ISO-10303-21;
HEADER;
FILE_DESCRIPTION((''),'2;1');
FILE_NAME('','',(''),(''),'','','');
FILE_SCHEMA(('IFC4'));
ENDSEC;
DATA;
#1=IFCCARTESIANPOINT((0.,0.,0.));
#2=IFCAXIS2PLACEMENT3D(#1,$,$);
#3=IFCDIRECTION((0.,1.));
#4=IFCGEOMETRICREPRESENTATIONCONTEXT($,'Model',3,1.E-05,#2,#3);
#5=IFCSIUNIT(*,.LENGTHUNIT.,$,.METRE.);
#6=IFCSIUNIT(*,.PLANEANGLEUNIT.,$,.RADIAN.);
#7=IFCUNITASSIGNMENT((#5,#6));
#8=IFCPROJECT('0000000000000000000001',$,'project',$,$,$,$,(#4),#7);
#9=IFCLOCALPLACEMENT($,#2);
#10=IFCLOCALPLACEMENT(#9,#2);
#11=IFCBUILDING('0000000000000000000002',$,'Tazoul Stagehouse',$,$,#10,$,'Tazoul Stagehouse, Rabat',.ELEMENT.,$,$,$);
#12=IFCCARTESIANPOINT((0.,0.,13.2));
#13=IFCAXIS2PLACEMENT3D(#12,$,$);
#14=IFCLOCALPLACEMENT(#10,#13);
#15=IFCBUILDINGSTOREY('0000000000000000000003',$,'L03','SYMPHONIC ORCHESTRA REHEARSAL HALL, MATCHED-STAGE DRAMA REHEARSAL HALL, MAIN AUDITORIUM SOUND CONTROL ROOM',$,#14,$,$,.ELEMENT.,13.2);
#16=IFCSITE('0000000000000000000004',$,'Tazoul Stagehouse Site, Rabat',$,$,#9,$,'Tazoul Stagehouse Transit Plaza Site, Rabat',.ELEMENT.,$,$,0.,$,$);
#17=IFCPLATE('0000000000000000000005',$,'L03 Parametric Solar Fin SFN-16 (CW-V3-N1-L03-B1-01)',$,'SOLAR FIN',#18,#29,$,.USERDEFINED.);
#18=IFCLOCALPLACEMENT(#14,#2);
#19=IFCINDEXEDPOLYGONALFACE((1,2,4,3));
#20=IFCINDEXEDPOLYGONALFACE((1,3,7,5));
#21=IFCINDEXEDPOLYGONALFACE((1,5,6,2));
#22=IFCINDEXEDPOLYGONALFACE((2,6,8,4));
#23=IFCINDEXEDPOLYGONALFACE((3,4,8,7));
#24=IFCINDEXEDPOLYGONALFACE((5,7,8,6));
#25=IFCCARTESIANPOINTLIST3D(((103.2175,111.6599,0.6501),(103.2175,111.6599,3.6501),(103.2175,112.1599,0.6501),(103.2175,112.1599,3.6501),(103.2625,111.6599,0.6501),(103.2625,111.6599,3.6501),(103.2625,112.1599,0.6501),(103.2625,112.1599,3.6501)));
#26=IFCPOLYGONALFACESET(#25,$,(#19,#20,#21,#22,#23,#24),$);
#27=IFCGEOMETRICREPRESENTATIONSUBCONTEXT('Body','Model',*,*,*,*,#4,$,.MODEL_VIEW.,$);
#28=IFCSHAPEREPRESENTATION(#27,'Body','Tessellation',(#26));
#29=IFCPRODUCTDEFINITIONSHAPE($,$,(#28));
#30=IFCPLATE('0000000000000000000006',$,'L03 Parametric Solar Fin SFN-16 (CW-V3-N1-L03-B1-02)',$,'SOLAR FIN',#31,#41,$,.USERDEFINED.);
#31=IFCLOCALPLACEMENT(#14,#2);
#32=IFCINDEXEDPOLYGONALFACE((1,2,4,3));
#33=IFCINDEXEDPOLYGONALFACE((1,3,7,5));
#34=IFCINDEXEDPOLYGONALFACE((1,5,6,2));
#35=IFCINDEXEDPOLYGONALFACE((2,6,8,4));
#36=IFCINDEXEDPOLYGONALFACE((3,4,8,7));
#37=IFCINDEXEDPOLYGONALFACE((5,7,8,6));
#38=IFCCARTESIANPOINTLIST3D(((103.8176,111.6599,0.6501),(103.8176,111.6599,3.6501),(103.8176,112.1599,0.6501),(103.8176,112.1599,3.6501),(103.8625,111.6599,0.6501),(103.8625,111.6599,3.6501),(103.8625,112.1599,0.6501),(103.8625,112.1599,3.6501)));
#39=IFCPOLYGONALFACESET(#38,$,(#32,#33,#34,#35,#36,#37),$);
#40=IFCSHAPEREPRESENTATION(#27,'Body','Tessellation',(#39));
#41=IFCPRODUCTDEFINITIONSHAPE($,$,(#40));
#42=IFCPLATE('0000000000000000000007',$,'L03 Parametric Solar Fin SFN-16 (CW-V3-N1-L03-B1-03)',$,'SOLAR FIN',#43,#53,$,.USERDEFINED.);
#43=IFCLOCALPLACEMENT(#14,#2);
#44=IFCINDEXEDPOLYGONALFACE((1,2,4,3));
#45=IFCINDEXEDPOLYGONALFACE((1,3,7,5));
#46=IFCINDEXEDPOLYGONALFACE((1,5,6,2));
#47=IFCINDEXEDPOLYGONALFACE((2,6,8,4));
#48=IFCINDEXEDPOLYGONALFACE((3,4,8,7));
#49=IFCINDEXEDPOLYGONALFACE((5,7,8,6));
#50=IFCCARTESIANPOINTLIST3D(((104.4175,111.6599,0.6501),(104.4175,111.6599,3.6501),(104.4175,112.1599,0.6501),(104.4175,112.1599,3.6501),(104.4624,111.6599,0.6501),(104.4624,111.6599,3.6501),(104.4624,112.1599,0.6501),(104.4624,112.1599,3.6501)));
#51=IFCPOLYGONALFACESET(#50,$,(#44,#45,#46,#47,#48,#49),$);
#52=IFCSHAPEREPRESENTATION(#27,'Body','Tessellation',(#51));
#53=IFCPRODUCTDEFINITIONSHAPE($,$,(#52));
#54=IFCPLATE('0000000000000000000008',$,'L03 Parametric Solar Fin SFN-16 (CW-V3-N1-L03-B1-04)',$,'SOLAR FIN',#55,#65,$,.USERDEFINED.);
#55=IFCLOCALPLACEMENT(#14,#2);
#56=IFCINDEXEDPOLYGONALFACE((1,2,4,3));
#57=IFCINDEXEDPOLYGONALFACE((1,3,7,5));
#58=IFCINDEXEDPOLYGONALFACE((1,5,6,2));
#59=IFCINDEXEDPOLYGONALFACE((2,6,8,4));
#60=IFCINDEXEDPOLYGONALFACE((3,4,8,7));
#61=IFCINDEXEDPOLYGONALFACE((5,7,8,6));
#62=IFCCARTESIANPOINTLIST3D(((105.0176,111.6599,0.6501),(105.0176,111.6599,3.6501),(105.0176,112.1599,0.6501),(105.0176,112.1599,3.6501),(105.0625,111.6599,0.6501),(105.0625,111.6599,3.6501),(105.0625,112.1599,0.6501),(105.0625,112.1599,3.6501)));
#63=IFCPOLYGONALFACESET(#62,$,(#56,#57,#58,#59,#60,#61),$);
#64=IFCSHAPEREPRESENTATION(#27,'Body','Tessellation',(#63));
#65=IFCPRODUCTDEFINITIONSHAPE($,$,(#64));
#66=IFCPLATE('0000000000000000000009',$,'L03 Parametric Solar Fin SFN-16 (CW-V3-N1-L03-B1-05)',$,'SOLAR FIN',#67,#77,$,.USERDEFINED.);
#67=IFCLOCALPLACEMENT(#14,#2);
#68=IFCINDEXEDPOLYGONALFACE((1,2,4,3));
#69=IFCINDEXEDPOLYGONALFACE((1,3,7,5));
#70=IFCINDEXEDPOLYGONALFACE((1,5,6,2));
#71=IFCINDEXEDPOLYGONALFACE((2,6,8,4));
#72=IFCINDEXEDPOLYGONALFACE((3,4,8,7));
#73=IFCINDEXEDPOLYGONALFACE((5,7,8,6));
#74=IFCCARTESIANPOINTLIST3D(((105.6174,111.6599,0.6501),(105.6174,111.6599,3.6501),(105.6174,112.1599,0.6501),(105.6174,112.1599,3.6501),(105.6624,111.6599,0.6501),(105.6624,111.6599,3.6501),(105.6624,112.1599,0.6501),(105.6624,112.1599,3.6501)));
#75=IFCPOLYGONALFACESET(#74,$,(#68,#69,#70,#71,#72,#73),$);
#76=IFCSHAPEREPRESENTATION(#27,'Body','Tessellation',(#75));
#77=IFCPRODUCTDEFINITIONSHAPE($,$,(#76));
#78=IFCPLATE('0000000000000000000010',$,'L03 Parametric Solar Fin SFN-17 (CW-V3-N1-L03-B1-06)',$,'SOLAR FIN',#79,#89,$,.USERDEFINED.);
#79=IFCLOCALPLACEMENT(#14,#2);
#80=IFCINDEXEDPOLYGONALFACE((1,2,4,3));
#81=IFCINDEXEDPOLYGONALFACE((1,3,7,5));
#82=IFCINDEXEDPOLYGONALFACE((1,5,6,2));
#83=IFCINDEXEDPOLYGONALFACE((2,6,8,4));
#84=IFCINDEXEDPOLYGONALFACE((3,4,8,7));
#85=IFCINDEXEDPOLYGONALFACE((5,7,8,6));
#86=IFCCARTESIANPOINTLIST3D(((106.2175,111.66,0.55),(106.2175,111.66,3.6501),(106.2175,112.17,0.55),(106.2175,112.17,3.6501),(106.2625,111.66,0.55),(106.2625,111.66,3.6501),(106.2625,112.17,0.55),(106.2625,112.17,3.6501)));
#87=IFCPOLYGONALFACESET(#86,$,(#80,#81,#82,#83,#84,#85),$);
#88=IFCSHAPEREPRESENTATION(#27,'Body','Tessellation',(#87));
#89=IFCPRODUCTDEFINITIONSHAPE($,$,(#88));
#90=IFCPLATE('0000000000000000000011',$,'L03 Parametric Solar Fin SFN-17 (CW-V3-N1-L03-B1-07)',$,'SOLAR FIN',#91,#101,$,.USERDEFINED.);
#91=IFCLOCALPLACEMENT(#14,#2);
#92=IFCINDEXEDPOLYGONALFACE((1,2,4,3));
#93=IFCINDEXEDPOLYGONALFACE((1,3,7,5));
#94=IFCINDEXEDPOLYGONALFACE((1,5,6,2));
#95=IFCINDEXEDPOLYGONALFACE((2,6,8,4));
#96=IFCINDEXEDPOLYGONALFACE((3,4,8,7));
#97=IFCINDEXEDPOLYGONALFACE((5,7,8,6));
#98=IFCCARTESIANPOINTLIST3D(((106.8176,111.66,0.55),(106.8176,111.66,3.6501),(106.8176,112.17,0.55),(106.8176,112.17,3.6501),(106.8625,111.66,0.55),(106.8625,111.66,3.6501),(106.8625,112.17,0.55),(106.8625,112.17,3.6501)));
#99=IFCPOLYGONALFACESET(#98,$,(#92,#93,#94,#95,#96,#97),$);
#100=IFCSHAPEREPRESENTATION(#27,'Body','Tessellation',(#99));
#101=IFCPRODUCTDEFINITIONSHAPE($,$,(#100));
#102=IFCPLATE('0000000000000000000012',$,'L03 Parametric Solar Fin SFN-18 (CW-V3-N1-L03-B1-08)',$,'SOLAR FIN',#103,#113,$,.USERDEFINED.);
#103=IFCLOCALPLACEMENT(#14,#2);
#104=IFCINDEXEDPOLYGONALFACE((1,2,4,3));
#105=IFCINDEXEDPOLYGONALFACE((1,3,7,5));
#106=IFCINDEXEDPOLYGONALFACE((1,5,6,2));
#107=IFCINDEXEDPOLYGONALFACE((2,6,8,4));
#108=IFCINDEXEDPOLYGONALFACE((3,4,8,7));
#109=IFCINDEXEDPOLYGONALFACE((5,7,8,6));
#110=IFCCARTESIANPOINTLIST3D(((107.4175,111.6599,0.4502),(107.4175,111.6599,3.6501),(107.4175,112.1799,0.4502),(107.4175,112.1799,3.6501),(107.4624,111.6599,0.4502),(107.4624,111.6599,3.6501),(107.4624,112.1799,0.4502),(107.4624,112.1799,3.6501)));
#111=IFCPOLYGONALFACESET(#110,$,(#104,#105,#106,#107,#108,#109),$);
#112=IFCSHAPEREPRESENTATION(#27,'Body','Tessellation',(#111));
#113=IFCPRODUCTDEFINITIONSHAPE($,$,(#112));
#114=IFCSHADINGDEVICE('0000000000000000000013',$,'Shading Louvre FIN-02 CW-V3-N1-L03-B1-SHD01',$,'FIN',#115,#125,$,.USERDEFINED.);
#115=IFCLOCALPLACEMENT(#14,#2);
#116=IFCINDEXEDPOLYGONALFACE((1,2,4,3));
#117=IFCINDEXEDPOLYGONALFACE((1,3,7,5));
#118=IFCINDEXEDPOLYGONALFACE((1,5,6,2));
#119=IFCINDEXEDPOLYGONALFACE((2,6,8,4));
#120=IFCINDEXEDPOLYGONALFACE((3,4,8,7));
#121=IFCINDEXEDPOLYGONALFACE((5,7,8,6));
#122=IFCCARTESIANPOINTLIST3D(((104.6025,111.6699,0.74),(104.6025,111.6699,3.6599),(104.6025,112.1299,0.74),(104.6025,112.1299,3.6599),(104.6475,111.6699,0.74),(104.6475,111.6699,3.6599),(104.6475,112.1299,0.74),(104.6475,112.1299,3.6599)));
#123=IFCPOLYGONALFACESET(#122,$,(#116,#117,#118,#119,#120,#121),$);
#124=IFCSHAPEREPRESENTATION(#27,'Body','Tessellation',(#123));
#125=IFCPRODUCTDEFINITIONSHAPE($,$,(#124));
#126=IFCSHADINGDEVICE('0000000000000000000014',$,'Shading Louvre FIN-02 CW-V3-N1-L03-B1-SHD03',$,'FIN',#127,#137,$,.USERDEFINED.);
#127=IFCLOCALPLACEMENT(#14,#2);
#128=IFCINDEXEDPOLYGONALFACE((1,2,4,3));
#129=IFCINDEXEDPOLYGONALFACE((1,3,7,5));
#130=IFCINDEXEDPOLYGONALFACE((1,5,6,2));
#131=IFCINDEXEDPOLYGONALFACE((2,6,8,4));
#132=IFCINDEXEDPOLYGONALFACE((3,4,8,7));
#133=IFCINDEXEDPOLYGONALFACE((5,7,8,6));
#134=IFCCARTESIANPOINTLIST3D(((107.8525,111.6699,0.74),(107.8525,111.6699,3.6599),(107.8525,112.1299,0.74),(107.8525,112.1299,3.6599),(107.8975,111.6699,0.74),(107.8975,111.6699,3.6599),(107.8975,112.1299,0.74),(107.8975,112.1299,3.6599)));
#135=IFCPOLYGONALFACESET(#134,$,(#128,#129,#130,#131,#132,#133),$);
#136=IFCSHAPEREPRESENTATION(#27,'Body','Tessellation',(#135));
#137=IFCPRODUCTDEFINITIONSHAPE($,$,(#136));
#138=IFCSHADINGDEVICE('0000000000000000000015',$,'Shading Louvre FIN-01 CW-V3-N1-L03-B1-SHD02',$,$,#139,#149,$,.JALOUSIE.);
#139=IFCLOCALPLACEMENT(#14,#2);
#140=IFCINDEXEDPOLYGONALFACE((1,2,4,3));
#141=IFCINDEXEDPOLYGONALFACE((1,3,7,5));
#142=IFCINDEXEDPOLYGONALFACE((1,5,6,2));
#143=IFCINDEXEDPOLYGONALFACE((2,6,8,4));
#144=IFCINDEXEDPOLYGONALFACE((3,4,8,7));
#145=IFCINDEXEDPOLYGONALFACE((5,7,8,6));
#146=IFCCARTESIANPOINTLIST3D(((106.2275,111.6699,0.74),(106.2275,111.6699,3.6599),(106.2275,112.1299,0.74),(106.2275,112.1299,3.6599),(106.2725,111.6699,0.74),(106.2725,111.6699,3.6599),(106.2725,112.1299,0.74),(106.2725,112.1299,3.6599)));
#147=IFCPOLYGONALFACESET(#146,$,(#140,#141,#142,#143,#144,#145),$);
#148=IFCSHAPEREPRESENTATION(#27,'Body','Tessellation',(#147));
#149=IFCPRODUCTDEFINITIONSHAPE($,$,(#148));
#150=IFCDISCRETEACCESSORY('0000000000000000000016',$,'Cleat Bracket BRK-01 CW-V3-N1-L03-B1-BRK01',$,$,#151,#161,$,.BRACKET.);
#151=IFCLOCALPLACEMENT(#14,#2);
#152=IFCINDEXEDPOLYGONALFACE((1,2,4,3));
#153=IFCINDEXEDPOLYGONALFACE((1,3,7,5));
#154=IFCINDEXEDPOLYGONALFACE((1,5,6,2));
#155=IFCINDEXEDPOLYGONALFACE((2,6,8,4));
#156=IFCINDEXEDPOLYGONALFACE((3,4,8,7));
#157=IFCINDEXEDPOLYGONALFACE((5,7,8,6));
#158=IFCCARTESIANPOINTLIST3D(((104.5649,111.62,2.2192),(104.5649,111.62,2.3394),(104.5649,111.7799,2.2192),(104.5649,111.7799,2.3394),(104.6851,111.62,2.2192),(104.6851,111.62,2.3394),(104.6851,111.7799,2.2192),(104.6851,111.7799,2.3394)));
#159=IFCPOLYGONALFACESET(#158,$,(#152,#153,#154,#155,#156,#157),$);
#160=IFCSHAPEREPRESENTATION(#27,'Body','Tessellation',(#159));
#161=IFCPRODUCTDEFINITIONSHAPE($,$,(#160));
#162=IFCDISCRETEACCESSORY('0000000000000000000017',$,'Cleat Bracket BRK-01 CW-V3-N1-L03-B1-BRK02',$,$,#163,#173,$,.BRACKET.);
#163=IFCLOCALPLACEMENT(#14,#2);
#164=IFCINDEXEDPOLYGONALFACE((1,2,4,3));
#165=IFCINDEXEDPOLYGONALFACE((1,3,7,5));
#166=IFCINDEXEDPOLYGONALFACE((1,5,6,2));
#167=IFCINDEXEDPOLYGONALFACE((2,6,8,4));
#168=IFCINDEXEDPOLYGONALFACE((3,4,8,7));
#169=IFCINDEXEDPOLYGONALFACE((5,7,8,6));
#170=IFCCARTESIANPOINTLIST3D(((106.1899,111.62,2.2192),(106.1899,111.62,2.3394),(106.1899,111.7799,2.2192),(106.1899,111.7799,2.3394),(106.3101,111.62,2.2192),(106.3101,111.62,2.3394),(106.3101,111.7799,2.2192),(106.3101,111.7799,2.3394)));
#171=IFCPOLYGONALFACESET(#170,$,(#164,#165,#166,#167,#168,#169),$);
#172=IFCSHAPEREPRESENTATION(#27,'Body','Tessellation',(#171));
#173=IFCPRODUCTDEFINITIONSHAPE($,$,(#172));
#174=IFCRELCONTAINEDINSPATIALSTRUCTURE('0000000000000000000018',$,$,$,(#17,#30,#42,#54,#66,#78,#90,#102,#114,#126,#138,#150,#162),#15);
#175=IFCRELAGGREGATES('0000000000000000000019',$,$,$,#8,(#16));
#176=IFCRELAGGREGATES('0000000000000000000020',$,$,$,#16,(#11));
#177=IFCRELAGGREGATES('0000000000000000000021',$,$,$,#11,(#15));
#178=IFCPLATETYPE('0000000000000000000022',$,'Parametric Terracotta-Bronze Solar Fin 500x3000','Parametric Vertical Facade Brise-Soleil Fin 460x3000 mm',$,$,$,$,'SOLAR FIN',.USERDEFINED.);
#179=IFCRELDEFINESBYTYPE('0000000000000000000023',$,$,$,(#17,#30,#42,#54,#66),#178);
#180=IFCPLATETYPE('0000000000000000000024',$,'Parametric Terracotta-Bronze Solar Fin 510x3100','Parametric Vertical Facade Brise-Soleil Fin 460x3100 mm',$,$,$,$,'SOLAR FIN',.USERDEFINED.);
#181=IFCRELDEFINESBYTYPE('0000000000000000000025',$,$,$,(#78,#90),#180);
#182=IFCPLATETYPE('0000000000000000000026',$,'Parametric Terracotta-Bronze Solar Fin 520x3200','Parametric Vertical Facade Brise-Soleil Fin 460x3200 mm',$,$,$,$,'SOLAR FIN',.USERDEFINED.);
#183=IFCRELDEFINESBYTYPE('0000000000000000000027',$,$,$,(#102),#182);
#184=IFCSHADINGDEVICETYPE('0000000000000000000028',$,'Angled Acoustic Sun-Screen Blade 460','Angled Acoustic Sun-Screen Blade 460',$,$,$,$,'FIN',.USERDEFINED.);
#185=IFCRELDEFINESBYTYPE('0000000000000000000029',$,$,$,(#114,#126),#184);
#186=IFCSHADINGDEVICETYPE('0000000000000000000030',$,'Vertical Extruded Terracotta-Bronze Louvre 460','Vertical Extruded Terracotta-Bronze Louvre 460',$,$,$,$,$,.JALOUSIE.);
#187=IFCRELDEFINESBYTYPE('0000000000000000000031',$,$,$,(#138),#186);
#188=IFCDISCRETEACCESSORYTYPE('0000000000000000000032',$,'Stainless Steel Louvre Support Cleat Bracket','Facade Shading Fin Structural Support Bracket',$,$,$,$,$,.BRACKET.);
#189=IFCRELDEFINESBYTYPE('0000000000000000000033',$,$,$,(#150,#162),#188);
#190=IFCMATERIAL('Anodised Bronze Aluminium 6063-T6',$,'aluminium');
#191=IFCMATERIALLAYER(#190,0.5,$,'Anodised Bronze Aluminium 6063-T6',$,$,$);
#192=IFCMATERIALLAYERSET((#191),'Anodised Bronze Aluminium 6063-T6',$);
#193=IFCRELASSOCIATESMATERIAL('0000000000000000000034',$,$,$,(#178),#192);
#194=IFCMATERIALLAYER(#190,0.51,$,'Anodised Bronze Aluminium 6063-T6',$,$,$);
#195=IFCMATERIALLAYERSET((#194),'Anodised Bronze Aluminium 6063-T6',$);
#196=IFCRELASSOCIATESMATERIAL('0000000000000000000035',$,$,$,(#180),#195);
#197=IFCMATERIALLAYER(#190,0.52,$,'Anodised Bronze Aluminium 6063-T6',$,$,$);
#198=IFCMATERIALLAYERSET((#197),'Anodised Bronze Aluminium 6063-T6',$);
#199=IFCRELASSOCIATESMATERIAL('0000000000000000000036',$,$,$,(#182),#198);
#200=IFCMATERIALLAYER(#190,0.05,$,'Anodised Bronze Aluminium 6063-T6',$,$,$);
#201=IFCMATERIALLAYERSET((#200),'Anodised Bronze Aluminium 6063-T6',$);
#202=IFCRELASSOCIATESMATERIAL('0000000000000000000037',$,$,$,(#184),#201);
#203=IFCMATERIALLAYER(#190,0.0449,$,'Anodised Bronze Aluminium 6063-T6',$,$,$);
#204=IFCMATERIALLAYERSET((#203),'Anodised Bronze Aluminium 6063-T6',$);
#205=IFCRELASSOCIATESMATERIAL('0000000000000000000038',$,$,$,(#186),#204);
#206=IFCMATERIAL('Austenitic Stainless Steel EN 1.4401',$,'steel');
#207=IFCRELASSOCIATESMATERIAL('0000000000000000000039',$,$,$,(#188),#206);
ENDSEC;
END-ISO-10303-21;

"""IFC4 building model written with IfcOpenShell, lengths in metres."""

from ifc_helpers import new_model, si_unit, direction, frame, origin, origin_2d, place, context, subcontext, project, spatial, rectangle, extrude, material, layer, layer_set, type_object, element, save


model = new_model("IFC4")

# Units and contexts
model_context = context("Model", 3, precision=1e-05, world=origin(), true_north=direction((0.0, 1.0)))
body_context = subcontext(model_context, "Body", "Model", "MODEL_VIEW")
ifc_project = project(units=[si_unit("LENGTHUNIT", "METRE"), si_unit("PLANEANGLEUNIT", "RADIAN")], contexts=[model_context])

# Site, building, storey
site_placement = place(None, origin())
site = spatial("IfcSite", under=ifc_project, at=site_placement, Name="Tazoul Stagehouse Site, Rabat", LongName="Tazoul Stagehouse Transit Plaza Site, Rabat", CompositionType="ELEMENT", RefElevation=0.0)
building_placement = place(site_placement, origin())
building = spatial("IfcBuilding", under=site, at=building_placement, Name="Tazoul Stagehouse", LongName="Tazoul Stagehouse, Rabat", CompositionType="ELEMENT")
storey_placement = place(building_placement, frame((0.0, 0.0, 13.2)))
storey = spatial("IfcBuildingStorey", under=building, at=storey_placement, Name="L03", Description="SYMPHONIC ORCHESTRA REHEARSAL HALL, MATCHED-STAGE DRAMA REHEARSAL HALL, MAIN AUDITORIUM SOUND CONTROL ROOM", CompositionType="ELEMENT", Elevation=13.2)

# Plates
ifc_material_1 = material(Name="Anodised Bronze Aluminium 6063-T6", Category="aluminium")
ifc_layer_1 = layer(ifc_material_1, 0.5, Name="Anodised Bronze Aluminium 6063-T6")
ifc_layer_set_1 = layer_set([ifc_layer_1], Name="Anodised Bronze Aluminium 6063-T6")
plate_type_1 = type_object("IfcPlateType", Name="Parametric Terracotta-Bronze Solar Fin 500x3000", Description="Parametric Vertical Facade Brise-Soleil Fin 460x3000 mm", ElementType="SOLAR FIN", PredefinedType="USERDEFINED", material=ifc_layer_set_1)
for number, where, z_axis, x_axis, name in (
    (1, (103.24, 111.9099, 0.6501), (0.0, 0.0, 1.0), (1.0, 0.0, 0.0), "L03 Parametric Solar Fin SFN-16 (CW-V3-N1-L03-B1-01)"),
    (2, (103.8401, 111.9099, 0.6501), (0.0, 0.0, 1.0), (1.0, 0.0, 0.0), "L03 Parametric Solar Fin SFN-16 (CW-V3-N1-L03-B1-02)"),
    (3, (104.4399, 111.9099, 0.6501), (0.0, 0.0, 1.0), (1.0, 0.0, 0.0), "L03 Parametric Solar Fin SFN-16 (CW-V3-N1-L03-B1-03)"),
    (4, (105.04, 111.9099, 0.6501), (0.0, 0.0, 1.0), (1.0, 0.0, 0.0), "L03 Parametric Solar Fin SFN-16 (CW-V3-N1-L03-B1-04)"),
    (5, (105.6399, 111.9099, 0.6501), (0.0, 0.0, 1.0), (1.0, 0.0, 0.0), "L03 Parametric Solar Fin SFN-16 (CW-V3-N1-L03-B1-05)"),
):
    element("IfcPlate", number, at=place(storey_placement, frame(where, z_axis=z_axis, x_axis=x_axis)), inside=storey, type_object=plate_type_1, Name=name, ObjectType="SOLAR FIN", PredefinedType="USERDEFINED", context=body_context, shape_type="SweptSolid", body=[
        extrude(rectangle(XDim=0.0449, YDim=0.5, at=origin_2d()), origin(), (0.0, 0.0, 1.0), 3.0),
    ])
ifc_layer_2 = layer(ifc_material_1, 0.51, Name="Anodised Bronze Aluminium 6063-T6")
ifc_layer_set_2 = layer_set([ifc_layer_2], Name="Anodised Bronze Aluminium 6063-T6")
plate_type_2 = type_object("IfcPlateType", Name="Parametric Terracotta-Bronze Solar Fin 510x3100", Description="Parametric Vertical Facade Brise-Soleil Fin 460x3100 mm", ElementType="SOLAR FIN", PredefinedType="USERDEFINED", material=ifc_layer_set_2)
for number, where, z_axis, x_axis, name in (
    (6, (106.24, 111.915, 0.55), (0.0, 0.0, 1.0), (1.0, 0.0, 0.0), "L03 Parametric Solar Fin SFN-17 (CW-V3-N1-L03-B1-06)"),
    (7, (106.8401, 111.915, 0.55), (0.0, 0.0, 1.0), (1.0, 0.0, 0.0), "L03 Parametric Solar Fin SFN-17 (CW-V3-N1-L03-B1-07)"),
):
    element("IfcPlate", number, at=place(storey_placement, frame(where, z_axis=z_axis, x_axis=x_axis)), inside=storey, type_object=plate_type_2, Name=name, ObjectType="SOLAR FIN", PredefinedType="USERDEFINED", context=body_context, shape_type="SweptSolid", body=[
        extrude(rectangle(XDim=0.0449, YDim=0.51, at=origin_2d()), origin(), (0.0, 0.0, 1.0), 3.1001),
    ])
ifc_layer_3 = layer(ifc_material_1, 0.52, Name="Anodised Bronze Aluminium 6063-T6")
ifc_layer_set_3 = layer_set([ifc_layer_3], Name="Anodised Bronze Aluminium 6063-T6")
plate_type_3 = type_object("IfcPlateType", Name="Parametric Terracotta-Bronze Solar Fin 520x3200", Description="Parametric Vertical Facade Brise-Soleil Fin 460x3200 mm", ElementType="SOLAR FIN", PredefinedType="USERDEFINED", material=ifc_layer_set_3)
plate_placement = place(storey_placement, frame((107.4399, 111.9199, 0.4502), z_axis=(0.0, 0.0, 1.0), x_axis=(1.0, 0.0, 0.0)))
element("IfcPlate", 8, at=plate_placement, inside=storey, type_object=plate_type_3, Name="L03 Parametric Solar Fin SFN-18 (CW-V3-N1-L03-B1-08)", ObjectType="SOLAR FIN", PredefinedType="USERDEFINED", context=body_context, shape_type="SweptSolid", body=[
    extrude(rectangle(XDim=0.0449, YDim=0.52, at=origin_2d()), origin(), (0.0, 0.0, 1.0), 3.2),
])

# Shading devices
ifc_layer_4 = layer(ifc_material_1, 0.05, Name="Anodised Bronze Aluminium 6063-T6")
ifc_layer_set_4 = layer_set([ifc_layer_4], Name="Anodised Bronze Aluminium 6063-T6")
shading_device_type_1 = type_object("IfcShadingDeviceType", Name="Angled Acoustic Sun-Screen Blade 460", Description="Angled Acoustic Sun-Screen Blade 460", ElementType="FIN", PredefinedType="USERDEFINED", material=ifc_layer_set_4)
for number, where, z_axis, x_axis, name in (
    (9, (104.625, 111.8999, 0.74), (0.0, 0.0, 1.0), (1.0, 0.0, 0.0), "Shading Louvre FIN-02 CW-V3-N1-L03-B1-SHD01"),
    (10, (107.875, 111.8999, 0.74), (0.0, 0.0, 1.0), (1.0, 0.0, 0.0), "Shading Louvre FIN-02 CW-V3-N1-L03-B1-SHD03"),
):
    element("IfcShadingDevice", number, at=place(storey_placement, frame(where, z_axis=z_axis, x_axis=x_axis)), inside=storey, type_object=shading_device_type_1, Name=name, ObjectType="FIN", PredefinedType="USERDEFINED", context=body_context, shape_type="SweptSolid", body=[
        extrude(rectangle(XDim=0.0449, YDim=0.46, at=origin_2d()), origin(), (0.0, 0.0, 1.0), 2.9199),
    ])
ifc_layer_5 = layer(ifc_material_1, 0.0449, Name="Anodised Bronze Aluminium 6063-T6")
ifc_layer_set_5 = layer_set([ifc_layer_5], Name="Anodised Bronze Aluminium 6063-T6")
shading_device_type_2 = type_object("IfcShadingDeviceType", Name="Vertical Extruded Terracotta-Bronze Louvre 460", Description="Vertical Extruded Terracotta-Bronze Louvre 460", PredefinedType="JALOUSIE", material=ifc_layer_set_5)
shading_device_placement = place(storey_placement, frame((106.25, 111.8999, 0.74), z_axis=(0.0, 0.0, 1.0), x_axis=(1.0, 0.0, 0.0)))
element("IfcShadingDevice", 11, at=shading_device_placement, inside=storey, type_object=shading_device_type_2, Name="Shading Louvre FIN-01 CW-V3-N1-L03-B1-SHD02", PredefinedType="JALOUSIE", context=body_context, shape_type="SweptSolid", body=[
    extrude(rectangle(XDim=0.0449, YDim=0.46, at=origin_2d()), origin(), (0.0, 0.0, 1.0), 2.9199),
])

# Discrete accessories
ifc_material_2 = material(Name="Austenitic Stainless Steel EN 1.4401", Category="steel")
discrete_accessory_type = type_object("IfcDiscreteAccessoryType", Name="Stainless Steel Louvre Support Cleat Bracket", Description="Facade Shading Fin Structural Support Bracket", PredefinedType="BRACKET", material=ifc_material_2)
for number, where, z_axis, x_axis, name in (
    (12, (104.625, 111.7, 2.2192), (0.0, 0.0, 1.0), (1.0, 0.0, 0.0), "Cleat Bracket BRK-01 CW-V3-N1-L03-B1-BRK01"),
    (13, (106.25, 111.7, 2.2192), (0.0, 0.0, 1.0), (1.0, 0.0, 0.0), "Cleat Bracket BRK-01 CW-V3-N1-L03-B1-BRK02"),
):
    element("IfcDiscreteAccessory", number, at=place(storey_placement, frame(where, z_axis=z_axis, x_axis=x_axis)), inside=storey, type_object=discrete_accessory_type, Name=name, PredefinedType="BRACKET", context=body_context, shape_type="SweptSolid", body=[
        extrude(rectangle(XDim=0.1201, YDim=0.1599, at=origin_2d()), origin(), (0.0, 0.0, 1.0), 0.1201),
    ])

save(model, "model.ifc")
